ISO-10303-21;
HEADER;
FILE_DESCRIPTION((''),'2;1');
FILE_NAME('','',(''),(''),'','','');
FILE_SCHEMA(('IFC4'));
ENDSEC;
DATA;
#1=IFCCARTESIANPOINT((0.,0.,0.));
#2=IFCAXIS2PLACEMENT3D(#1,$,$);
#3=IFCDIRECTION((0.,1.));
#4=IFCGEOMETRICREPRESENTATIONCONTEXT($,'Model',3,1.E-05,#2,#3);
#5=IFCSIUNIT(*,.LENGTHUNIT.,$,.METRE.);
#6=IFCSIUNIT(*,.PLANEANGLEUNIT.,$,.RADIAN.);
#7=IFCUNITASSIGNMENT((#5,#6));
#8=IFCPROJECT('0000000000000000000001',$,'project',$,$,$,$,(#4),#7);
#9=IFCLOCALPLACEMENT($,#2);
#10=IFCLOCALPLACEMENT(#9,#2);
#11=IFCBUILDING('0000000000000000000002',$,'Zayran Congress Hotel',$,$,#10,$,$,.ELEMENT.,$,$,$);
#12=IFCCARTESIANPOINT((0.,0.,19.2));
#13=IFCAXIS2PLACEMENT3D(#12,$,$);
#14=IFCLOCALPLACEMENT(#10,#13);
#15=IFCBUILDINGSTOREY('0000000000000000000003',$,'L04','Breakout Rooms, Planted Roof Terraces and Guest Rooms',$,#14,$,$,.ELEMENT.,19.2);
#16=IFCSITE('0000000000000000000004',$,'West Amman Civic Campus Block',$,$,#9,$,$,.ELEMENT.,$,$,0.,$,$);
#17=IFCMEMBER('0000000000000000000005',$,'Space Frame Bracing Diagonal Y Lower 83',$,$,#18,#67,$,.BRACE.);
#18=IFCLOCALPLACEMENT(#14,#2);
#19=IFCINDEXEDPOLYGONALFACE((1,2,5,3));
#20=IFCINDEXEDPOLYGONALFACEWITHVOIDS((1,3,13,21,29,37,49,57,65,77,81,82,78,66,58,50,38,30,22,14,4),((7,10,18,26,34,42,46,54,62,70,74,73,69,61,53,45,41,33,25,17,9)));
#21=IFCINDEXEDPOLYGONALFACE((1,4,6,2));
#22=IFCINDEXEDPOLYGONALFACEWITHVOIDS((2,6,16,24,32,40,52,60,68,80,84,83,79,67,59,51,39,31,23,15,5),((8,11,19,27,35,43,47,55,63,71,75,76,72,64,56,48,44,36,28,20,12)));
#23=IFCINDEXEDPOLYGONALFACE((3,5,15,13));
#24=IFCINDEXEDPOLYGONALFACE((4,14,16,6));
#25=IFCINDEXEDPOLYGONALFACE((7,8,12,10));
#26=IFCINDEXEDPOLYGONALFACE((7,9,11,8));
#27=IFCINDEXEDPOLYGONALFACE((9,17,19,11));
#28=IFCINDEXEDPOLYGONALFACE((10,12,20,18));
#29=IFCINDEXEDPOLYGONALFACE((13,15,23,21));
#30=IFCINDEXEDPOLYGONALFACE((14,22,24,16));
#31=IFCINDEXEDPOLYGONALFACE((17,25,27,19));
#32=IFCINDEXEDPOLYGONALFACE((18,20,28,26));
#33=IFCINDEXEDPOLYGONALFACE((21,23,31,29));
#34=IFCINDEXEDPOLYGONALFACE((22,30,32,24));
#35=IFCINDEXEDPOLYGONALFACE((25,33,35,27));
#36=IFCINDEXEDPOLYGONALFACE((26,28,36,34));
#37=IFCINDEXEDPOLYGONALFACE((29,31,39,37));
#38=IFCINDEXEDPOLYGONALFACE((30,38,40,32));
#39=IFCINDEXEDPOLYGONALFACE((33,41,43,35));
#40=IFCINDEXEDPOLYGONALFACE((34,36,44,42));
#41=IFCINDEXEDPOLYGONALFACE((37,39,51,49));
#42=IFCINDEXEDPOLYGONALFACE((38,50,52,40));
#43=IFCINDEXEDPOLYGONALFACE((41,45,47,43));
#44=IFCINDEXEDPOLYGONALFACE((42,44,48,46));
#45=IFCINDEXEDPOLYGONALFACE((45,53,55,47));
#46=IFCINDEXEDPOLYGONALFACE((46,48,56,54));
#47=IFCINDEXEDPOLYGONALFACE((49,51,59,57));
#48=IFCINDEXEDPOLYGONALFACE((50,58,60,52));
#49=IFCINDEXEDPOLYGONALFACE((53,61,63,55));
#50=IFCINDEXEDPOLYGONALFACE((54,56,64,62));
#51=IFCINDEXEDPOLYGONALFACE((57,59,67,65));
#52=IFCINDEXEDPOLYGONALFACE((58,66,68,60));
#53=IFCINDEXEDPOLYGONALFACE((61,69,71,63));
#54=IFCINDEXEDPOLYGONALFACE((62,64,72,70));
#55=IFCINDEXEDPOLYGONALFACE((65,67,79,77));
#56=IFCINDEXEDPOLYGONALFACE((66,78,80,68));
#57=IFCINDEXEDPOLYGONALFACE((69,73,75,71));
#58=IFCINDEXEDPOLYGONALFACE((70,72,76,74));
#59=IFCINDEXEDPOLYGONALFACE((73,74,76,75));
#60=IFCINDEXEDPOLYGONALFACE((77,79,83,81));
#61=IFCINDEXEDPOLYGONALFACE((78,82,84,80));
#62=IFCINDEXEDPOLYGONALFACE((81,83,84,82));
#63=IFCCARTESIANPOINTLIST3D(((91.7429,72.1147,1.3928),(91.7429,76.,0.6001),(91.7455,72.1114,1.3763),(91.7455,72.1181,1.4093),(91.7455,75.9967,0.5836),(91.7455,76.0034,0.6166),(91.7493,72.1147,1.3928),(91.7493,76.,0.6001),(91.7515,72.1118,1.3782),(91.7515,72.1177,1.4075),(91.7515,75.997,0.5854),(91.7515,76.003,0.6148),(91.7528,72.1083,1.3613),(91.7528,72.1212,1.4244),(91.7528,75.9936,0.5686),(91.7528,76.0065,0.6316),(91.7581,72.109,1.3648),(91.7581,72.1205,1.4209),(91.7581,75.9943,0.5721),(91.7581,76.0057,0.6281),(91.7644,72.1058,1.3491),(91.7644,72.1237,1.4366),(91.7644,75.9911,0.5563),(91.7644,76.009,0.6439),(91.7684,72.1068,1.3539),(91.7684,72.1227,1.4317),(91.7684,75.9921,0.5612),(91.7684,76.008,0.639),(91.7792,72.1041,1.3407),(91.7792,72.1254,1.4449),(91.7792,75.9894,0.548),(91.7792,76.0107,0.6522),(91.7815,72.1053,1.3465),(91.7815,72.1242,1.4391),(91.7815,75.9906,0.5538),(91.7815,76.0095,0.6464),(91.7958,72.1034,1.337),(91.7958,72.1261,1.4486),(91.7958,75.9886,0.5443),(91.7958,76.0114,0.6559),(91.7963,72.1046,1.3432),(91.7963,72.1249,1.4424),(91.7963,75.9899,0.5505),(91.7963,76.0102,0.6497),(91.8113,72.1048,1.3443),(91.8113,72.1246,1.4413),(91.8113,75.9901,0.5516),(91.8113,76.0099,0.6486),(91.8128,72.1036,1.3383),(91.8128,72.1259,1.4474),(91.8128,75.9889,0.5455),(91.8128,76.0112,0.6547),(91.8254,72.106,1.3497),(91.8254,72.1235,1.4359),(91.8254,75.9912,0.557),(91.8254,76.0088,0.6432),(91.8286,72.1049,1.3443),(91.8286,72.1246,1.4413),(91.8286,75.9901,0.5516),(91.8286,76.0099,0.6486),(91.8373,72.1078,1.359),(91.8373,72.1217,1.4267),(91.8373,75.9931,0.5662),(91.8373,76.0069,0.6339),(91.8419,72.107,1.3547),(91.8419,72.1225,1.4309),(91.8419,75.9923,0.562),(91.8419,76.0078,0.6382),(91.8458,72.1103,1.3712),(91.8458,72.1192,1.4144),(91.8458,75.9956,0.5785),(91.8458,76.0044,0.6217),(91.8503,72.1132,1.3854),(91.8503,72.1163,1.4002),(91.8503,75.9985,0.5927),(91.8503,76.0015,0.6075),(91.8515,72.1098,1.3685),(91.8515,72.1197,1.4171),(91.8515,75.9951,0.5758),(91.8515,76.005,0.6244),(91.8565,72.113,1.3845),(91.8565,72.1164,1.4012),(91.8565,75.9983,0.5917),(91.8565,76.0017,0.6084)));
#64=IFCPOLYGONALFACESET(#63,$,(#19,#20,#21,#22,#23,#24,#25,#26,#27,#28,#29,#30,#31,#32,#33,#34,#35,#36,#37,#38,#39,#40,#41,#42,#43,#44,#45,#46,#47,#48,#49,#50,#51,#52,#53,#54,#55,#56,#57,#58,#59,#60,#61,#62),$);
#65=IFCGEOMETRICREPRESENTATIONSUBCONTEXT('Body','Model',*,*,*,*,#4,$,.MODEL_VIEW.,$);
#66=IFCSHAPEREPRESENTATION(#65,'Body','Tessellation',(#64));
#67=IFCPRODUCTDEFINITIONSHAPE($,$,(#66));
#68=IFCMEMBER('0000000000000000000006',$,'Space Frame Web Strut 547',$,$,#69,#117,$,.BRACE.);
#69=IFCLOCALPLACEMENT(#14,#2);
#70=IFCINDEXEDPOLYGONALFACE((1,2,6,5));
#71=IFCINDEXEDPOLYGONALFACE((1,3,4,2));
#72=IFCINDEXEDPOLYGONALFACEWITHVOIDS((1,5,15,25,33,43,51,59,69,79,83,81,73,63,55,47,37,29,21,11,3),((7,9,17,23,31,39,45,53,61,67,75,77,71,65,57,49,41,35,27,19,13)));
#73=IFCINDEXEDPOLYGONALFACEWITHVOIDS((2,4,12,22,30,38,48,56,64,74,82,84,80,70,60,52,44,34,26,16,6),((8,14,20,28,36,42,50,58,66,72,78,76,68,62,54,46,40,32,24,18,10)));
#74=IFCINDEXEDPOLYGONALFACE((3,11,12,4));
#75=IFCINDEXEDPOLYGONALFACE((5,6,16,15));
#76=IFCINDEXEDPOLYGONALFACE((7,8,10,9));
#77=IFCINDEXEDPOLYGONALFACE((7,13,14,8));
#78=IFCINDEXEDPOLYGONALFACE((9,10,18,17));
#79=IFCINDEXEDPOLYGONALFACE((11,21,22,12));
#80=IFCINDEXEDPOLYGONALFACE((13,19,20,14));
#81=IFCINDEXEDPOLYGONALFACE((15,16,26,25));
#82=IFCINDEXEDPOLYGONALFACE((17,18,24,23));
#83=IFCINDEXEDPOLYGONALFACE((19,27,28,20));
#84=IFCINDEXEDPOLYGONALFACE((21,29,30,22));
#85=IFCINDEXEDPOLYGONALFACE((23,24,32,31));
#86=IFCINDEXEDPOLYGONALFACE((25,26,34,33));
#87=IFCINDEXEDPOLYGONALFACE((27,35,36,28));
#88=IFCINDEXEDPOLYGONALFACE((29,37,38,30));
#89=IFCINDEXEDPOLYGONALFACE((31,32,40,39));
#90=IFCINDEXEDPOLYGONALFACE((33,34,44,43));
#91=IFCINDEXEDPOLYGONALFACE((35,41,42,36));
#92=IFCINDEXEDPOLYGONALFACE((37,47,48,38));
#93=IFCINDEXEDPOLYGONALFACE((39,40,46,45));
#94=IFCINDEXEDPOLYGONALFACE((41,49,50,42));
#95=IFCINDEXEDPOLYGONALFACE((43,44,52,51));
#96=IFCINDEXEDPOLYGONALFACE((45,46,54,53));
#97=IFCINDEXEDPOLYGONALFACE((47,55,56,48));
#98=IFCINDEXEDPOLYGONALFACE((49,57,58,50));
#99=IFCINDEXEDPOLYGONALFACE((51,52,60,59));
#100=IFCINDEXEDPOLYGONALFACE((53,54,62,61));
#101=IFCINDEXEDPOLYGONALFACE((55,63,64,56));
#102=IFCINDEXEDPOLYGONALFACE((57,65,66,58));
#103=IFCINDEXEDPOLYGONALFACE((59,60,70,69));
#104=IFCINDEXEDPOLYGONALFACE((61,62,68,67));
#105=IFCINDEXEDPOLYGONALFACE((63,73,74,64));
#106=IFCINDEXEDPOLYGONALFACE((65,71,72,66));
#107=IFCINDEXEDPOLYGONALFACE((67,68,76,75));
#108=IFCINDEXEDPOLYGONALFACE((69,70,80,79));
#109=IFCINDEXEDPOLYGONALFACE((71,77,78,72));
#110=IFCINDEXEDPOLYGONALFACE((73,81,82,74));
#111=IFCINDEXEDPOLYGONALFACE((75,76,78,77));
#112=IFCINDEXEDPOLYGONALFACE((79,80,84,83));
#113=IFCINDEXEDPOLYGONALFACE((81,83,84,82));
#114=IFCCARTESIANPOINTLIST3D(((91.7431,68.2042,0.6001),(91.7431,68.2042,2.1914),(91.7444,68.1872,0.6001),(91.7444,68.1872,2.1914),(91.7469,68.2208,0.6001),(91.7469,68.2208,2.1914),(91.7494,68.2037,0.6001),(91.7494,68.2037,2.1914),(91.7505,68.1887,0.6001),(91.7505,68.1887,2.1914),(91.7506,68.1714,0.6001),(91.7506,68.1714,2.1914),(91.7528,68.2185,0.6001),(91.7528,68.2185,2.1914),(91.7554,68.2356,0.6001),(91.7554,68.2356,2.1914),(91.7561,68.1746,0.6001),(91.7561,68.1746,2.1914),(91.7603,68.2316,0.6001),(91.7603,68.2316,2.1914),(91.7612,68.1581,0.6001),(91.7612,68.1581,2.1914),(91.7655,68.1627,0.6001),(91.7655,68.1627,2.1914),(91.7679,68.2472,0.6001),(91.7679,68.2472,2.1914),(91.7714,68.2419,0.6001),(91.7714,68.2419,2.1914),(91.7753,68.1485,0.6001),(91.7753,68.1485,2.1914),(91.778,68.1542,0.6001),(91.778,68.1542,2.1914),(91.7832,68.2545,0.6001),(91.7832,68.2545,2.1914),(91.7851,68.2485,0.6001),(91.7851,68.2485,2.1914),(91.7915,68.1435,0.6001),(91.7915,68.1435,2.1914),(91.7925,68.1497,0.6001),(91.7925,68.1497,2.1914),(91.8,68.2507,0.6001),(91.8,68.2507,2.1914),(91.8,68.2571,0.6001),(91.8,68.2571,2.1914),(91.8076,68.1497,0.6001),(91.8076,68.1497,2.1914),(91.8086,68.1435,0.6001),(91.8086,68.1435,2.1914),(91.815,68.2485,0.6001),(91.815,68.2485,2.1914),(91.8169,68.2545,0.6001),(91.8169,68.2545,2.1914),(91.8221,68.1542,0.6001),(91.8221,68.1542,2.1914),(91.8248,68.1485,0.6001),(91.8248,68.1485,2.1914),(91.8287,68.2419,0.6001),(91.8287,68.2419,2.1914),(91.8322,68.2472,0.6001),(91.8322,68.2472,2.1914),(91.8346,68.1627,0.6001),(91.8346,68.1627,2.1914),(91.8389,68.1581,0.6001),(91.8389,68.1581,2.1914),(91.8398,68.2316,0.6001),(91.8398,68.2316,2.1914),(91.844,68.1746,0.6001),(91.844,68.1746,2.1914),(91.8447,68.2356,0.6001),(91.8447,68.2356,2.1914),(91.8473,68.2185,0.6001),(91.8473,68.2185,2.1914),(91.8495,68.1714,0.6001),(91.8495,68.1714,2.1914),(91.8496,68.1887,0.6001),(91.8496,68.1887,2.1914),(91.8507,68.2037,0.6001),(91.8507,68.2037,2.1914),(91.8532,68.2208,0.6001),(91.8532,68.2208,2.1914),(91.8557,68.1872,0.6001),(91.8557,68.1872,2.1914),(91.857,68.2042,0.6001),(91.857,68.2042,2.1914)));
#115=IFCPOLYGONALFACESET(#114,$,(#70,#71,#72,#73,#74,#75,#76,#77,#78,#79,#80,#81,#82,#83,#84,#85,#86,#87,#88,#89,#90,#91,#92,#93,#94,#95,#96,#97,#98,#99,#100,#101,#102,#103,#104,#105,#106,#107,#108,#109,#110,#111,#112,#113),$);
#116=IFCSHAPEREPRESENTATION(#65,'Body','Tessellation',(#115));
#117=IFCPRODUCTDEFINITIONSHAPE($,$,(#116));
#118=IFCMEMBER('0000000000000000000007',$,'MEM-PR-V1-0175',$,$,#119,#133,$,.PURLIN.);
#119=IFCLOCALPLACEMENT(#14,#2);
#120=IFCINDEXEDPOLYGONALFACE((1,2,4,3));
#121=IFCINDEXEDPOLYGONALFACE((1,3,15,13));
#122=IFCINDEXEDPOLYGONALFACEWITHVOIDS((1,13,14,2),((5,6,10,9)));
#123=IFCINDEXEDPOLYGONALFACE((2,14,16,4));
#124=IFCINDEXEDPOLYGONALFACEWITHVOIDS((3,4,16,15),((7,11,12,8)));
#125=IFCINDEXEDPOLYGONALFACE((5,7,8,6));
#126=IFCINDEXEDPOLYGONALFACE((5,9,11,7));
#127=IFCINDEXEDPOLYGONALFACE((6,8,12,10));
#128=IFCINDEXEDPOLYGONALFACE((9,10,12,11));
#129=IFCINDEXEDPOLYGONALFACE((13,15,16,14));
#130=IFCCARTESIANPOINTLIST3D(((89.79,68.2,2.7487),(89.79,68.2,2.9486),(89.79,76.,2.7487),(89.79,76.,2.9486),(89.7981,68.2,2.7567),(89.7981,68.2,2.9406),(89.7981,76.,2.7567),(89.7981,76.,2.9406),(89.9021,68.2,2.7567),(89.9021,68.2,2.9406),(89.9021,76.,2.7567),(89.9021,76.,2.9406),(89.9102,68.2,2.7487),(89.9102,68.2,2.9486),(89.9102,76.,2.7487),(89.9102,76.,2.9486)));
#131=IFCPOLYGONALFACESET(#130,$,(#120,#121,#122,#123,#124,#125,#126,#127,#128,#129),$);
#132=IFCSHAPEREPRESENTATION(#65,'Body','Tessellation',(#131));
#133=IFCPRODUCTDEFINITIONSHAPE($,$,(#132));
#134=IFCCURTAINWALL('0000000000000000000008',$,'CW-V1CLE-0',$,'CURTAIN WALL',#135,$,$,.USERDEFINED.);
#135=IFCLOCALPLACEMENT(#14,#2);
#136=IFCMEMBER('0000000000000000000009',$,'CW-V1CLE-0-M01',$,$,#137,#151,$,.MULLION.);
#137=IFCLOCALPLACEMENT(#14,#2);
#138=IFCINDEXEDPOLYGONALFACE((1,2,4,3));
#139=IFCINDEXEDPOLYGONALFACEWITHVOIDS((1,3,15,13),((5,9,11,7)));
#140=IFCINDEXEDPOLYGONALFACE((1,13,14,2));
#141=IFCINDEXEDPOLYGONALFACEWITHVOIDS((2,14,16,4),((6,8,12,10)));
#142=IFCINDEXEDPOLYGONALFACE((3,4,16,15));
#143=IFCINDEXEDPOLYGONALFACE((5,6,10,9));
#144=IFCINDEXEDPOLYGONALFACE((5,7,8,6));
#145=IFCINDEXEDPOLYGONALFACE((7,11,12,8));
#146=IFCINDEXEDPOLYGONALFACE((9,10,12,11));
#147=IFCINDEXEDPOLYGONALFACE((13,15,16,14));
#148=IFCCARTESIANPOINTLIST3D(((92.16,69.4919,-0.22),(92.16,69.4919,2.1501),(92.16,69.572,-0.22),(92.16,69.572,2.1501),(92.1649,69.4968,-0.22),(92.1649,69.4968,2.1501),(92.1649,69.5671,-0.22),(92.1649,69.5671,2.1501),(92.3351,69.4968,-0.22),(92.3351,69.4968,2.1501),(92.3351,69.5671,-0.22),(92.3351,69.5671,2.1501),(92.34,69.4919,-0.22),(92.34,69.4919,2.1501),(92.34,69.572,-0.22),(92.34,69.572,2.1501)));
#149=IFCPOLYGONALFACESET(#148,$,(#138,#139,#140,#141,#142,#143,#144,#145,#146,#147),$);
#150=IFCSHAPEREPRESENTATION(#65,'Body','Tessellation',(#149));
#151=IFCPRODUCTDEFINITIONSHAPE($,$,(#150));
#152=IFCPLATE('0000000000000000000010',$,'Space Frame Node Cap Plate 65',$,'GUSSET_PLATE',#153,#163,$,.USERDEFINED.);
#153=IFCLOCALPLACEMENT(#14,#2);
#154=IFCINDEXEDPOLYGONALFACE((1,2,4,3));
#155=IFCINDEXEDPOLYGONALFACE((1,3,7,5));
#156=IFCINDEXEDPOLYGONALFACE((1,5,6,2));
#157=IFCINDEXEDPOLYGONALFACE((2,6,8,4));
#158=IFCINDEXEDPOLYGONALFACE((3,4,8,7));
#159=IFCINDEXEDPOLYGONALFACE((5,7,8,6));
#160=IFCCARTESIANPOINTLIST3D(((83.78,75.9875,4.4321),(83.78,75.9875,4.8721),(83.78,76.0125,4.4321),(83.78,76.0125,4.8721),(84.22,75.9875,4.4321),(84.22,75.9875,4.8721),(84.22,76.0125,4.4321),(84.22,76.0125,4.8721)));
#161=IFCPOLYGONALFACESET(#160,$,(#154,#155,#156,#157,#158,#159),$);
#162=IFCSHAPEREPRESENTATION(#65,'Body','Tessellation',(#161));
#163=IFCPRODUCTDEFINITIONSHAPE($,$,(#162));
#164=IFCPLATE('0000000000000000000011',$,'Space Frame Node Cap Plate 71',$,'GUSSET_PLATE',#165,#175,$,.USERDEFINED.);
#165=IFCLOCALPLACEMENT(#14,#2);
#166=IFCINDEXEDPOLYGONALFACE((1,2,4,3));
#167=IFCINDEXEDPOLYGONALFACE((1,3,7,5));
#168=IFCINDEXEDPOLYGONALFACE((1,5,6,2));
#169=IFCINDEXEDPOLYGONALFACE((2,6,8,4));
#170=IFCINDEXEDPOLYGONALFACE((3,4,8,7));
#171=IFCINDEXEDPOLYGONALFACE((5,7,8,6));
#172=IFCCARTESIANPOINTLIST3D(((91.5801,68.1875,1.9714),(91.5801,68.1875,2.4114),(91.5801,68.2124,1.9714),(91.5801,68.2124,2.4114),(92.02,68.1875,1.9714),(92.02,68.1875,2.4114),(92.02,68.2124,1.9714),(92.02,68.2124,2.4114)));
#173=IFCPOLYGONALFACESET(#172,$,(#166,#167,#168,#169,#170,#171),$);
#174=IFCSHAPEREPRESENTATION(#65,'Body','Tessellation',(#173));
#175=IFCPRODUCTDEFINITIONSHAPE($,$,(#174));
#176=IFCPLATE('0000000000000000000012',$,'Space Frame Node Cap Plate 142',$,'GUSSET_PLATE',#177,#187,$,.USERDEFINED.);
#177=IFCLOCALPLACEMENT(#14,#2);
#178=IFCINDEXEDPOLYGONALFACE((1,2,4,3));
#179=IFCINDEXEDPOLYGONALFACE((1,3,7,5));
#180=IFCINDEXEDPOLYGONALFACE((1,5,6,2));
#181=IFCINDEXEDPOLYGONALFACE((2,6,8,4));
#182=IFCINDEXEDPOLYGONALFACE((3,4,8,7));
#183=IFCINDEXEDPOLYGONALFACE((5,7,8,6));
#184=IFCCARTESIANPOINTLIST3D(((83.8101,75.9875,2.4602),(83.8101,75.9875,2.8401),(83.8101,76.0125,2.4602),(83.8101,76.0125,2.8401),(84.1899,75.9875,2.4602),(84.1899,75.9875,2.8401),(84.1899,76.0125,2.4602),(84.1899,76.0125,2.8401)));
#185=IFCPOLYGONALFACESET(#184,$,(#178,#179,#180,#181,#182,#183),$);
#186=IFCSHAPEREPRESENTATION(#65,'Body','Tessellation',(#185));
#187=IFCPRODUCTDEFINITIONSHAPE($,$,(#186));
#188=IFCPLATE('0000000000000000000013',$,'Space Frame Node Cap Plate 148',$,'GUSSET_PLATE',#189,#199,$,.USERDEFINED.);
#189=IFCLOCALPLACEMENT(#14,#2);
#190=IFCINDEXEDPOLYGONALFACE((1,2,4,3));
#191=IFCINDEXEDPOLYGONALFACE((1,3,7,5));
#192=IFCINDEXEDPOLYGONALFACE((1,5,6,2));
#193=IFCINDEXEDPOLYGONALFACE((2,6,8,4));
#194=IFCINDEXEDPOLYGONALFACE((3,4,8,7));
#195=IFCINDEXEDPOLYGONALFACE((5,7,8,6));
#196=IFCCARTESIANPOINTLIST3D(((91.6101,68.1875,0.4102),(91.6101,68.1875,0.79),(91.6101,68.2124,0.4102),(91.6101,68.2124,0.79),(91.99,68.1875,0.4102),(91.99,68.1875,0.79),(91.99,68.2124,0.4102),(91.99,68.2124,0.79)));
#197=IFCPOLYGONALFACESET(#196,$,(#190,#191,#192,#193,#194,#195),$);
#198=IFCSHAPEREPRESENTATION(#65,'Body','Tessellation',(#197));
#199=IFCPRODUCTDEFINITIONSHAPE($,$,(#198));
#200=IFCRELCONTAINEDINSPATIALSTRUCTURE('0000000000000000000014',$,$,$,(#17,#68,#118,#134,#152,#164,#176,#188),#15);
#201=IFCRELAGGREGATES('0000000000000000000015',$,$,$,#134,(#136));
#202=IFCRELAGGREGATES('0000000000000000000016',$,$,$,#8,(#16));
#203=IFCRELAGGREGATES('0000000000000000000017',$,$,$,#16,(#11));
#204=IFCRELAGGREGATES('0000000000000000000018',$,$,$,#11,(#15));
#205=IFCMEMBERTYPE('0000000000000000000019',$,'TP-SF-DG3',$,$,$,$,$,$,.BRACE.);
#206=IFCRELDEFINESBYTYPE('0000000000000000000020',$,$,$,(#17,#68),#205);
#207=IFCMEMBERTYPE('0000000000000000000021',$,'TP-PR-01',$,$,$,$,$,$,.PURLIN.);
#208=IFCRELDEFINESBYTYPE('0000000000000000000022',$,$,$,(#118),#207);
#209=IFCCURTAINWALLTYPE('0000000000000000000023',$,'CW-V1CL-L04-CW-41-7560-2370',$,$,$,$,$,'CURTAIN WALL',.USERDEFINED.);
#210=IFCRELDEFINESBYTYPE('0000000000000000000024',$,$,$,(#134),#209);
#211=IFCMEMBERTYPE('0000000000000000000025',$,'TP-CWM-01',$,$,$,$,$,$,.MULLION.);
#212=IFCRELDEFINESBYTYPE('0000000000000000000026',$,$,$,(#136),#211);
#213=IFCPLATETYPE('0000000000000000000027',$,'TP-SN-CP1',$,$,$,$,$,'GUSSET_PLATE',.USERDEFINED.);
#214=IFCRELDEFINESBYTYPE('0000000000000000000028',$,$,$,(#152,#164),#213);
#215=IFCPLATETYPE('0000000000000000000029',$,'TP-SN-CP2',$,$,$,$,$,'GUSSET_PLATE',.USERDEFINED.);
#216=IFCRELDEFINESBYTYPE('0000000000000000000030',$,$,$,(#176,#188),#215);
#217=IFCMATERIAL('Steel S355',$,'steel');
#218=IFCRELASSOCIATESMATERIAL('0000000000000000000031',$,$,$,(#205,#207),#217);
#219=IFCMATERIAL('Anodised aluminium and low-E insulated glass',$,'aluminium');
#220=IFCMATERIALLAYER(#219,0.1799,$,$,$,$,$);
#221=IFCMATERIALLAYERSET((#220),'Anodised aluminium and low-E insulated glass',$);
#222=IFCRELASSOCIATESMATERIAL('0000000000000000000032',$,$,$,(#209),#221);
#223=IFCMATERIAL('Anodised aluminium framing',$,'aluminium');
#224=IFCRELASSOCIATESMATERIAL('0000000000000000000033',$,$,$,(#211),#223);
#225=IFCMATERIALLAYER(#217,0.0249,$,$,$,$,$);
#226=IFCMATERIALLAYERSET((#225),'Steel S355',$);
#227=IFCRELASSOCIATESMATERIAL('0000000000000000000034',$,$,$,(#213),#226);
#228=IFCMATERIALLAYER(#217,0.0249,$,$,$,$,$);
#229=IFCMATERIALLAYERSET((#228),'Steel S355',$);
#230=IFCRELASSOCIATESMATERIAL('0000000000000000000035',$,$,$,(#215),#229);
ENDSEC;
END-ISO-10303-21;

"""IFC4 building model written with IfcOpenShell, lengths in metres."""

from ifc_helpers import new_model, si_unit, direction, frame, origin, origin_2d, place, context, subcontext, project, spatial, rectangle, hollow_rectangle, hollow_circle, extrude, material, layer, layer_set, material_profile, profile_set, type_object, element, aggregate, save


model = new_model("IFC4")

# Units and contexts
model_context = context("Model", 3, precision=1e-05, world=origin(), true_north=direction((0.0, 1.0)))
body_context = subcontext(model_context, "Body", "Model", "MODEL_VIEW")
ifc_project = project(units=[si_unit("LENGTHUNIT", "METRE"), si_unit("PLANEANGLEUNIT", "RADIAN")], contexts=[model_context])

# Site, building, storey
site_placement = place(None, origin())
site = spatial("IfcSite", under=ifc_project, at=site_placement, Name="West Amman Civic Campus Block", CompositionType="ELEMENT", RefElevation=0.0)
building_placement = place(site_placement, origin())
building = spatial("IfcBuilding", under=site, at=building_placement, Name="Zayran Congress Hotel", CompositionType="ELEMENT")
storey_placement = place(building_placement, frame((0.0, 0.0, 19.2)))
storey = spatial("IfcBuildingStorey", under=building, at=storey_placement, Name="L04", Description="Breakout Rooms, Planted Roof Terraces and Guest Rooms", CompositionType="ELEMENT", Elevation=19.2)

# Shared definitions
ifc_material_1 = material(Name="Steel S355", Category="steel")

# Members
ifc_material_profile_1 = material_profile(ifc_material_1, hollow_circle(Radius=0.0571, WallThickness=0.0063, at=origin_2d()), Name="CHS 114.3x6.3")
ifc_profile_set_1 = profile_set([ifc_material_profile_1], Name="Steel S355")
member_type_1 = type_object("IfcMemberType", Name="TP-SF-DG3", PredefinedType="BRACE", material=ifc_profile_set_1)
for number, where, z_axis, x_axis, name in (
    (1, (91.8, 72.1147, 1.3928), (0.0, 0.979813, -0.199915), (-1.0, 0.0, 0.0), "Space Frame Bracing Diagonal Y Lower 83"),
):
    element("IfcMember", number, at=place(storey_placement, frame(where, z_axis=z_axis, x_axis=x_axis)), inside=storey, type_object=member_type_1, Name=name, PredefinedType="BRACE", context=body_context, shape_type="SweptSolid", body=[
        extrude(hollow_circle(Radius=0.0571, WallThickness=0.0063, at=origin_2d()), origin(), (0.0, 0.0, 1.0), 3.9653),
    ])
member_1_placement = place(storey_placement, frame((91.8, 68.2, 0.6001), z_axis=(0.0, 0.0, 1.0), x_axis=(0.0, 1.0, 0.0)))
element("IfcMember", 2, at=member_1_placement, inside=storey, type_object=member_type_1, Name="Space Frame Web Strut 547", PredefinedType="BRACE", context=body_context, shape_type="SweptSolid", body=[
    extrude(hollow_circle(Radius=0.0571, WallThickness=0.0063, at=origin_2d()), origin(), (0.0, 0.0, 1.0), 1.5913),
])
ifc_material_profile_2 = material_profile(ifc_material_1, hollow_rectangle(XDim=0.1201, YDim=0.2, WallThickness=0.0081, at=origin_2d()), Name="RHS 200x120x8")
ifc_profile_set_2 = profile_set([ifc_material_profile_2], Name="Steel S355")
member_type_2 = type_object("IfcMemberType", Name="TP-PR-01", PredefinedType="PURLIN", material=ifc_profile_set_2)
member_2_placement = place(storey_placement, frame((89.8501, 68.2, 2.8486), z_axis=(0.0, 1.0, 0.0), x_axis=(-1.0, 0.0, 0.0)))
element("IfcMember", 3, at=member_2_placement, inside=storey, type_object=member_type_2, Name="MEM-PR-V1-0175", PredefinedType="PURLIN", context=body_context, shape_type="SweptSolid", body=[
    extrude(hollow_rectangle(XDim=0.1201, YDim=0.2, WallThickness=0.0081, at=origin_2d()), origin(), (0.0, 0.0, 1.0), 7.8),
])

# Curtain wall, member
ifc_material_2 = material(Name="Anodised aluminium and low-E insulated glass", Category="aluminium")
ifc_layer_1 = layer(ifc_material_2, 0.1799)
ifc_layer_set_1 = layer_set([ifc_layer_1], Name="Anodised aluminium and low-E insulated glass")
curtain_wall_type = type_object("IfcCurtainWallType", Name="CW-V1CL-L04-CW-41-7560-2370", ElementType="CURTAIN WALL", PredefinedType="USERDEFINED", material=ifc_layer_set_1)
curtain_wall_placement = place(storey_placement, origin())
curtain_wall = element("IfcCurtainWall", 4, at=curtain_wall_placement, inside=storey, type_object=curtain_wall_type, Name="CW-V1CLE-0", ObjectType="CURTAIN WALL", PredefinedType="USERDEFINED")
ifc_material_3 = material(Name="Anodised aluminium framing", Category="aluminium")
ifc_material_profile_3 = material_profile(ifc_material_3, hollow_rectangle(XDim=0.0801, YDim=0.1799, WallThickness=0.0049, at=origin_2d()), Name="RHS 180x80x5")
ifc_profile_set_3 = profile_set([ifc_material_profile_3], Name="Anodised aluminium framing")
member_type_3 = type_object("IfcMemberType", Name="TP-CWM-01", PredefinedType="MULLION", material=ifc_profile_set_3)
member_3_placement = place(storey_placement, frame((92.25, 69.532, -0.22), z_axis=(0.0, 0.0, 1.0), x_axis=(0.0, 1.0, 0.0)))
member_3 = element("IfcMember", 5, at=member_3_placement, type_object=member_type_3, Name="CW-V1CLE-0-M01", PredefinedType="MULLION", context=body_context, shape_type="SweptSolid", body=[
    extrude(hollow_rectangle(XDim=0.0801, YDim=0.1799, WallThickness=0.0049, at=origin_2d()), origin(), (0.0, 0.0, 1.0), 2.3701),
])

# Plates
ifc_layer_2 = layer(ifc_material_1, 0.0249)
ifc_layer_set_2 = layer_set([ifc_layer_2], Name="Steel S355")
plate_type_1 = type_object("IfcPlateType", Name="TP-SN-CP1", ElementType="GUSSET_PLATE", PredefinedType="USERDEFINED", material=ifc_layer_set_2)
for number, where, z_axis, x_axis, name in (
    (6, (84.0, 76.0, 4.4321), (0.0, 0.0, 1.0), (1.0, 0.0, 0.0), "Space Frame Node Cap Plate 65"),
    (7, (91.8, 68.2, 1.9714), (0.0, 0.0, 1.0), (1.0, 0.0, 0.0), "Space Frame Node Cap Plate 71"),
):
    element("IfcPlate", number, at=place(storey_placement, frame(where, z_axis=z_axis, x_axis=x_axis)), inside=storey, type_object=plate_type_1, Name=name, ObjectType="GUSSET_PLATE", PredefinedType="USERDEFINED", context=body_context, shape_type="SweptSolid", body=[
        extrude(rectangle(XDim=0.4399, YDim=0.0249, at=origin_2d()), origin(), (0.0, 0.0, 1.0), 0.4399),
    ])
ifc_layer_3 = layer(ifc_material_1, 0.0249)
ifc_layer_set_3 = layer_set([ifc_layer_3], Name="Steel S355")
plate_type_2 = type_object("IfcPlateType", Name="TP-SN-CP2", ElementType="GUSSET_PLATE", PredefinedType="USERDEFINED", material=ifc_layer_set_3)
for number, where, z_axis, x_axis, name in (
    (8, (84.0, 76.0, 2.4602), (0.0, 0.0, 1.0), (1.0, 0.0, 0.0), "Space Frame Node Cap Plate 142"),
    (9, (91.8, 68.2, 0.4102), (0.0, 0.0, 1.0), (1.0, 0.0, 0.0), "Space Frame Node Cap Plate 148"),
):
    element("IfcPlate", number, at=place(storey_placement, frame(where, z_axis=z_axis, x_axis=x_axis)), inside=storey, type_object=plate_type_2, Name=name, ObjectType="GUSSET_PLATE", PredefinedType="USERDEFINED", context=body_context, shape_type="SweptSolid", body=[
        extrude(rectangle(XDim=0.3799, YDim=0.0249, at=origin_2d()), origin(), (0.0, 0.0, 1.0), 0.3799),
    ])

aggregate(curtain_wall, [member_3])

save(model, "model.ifc")
